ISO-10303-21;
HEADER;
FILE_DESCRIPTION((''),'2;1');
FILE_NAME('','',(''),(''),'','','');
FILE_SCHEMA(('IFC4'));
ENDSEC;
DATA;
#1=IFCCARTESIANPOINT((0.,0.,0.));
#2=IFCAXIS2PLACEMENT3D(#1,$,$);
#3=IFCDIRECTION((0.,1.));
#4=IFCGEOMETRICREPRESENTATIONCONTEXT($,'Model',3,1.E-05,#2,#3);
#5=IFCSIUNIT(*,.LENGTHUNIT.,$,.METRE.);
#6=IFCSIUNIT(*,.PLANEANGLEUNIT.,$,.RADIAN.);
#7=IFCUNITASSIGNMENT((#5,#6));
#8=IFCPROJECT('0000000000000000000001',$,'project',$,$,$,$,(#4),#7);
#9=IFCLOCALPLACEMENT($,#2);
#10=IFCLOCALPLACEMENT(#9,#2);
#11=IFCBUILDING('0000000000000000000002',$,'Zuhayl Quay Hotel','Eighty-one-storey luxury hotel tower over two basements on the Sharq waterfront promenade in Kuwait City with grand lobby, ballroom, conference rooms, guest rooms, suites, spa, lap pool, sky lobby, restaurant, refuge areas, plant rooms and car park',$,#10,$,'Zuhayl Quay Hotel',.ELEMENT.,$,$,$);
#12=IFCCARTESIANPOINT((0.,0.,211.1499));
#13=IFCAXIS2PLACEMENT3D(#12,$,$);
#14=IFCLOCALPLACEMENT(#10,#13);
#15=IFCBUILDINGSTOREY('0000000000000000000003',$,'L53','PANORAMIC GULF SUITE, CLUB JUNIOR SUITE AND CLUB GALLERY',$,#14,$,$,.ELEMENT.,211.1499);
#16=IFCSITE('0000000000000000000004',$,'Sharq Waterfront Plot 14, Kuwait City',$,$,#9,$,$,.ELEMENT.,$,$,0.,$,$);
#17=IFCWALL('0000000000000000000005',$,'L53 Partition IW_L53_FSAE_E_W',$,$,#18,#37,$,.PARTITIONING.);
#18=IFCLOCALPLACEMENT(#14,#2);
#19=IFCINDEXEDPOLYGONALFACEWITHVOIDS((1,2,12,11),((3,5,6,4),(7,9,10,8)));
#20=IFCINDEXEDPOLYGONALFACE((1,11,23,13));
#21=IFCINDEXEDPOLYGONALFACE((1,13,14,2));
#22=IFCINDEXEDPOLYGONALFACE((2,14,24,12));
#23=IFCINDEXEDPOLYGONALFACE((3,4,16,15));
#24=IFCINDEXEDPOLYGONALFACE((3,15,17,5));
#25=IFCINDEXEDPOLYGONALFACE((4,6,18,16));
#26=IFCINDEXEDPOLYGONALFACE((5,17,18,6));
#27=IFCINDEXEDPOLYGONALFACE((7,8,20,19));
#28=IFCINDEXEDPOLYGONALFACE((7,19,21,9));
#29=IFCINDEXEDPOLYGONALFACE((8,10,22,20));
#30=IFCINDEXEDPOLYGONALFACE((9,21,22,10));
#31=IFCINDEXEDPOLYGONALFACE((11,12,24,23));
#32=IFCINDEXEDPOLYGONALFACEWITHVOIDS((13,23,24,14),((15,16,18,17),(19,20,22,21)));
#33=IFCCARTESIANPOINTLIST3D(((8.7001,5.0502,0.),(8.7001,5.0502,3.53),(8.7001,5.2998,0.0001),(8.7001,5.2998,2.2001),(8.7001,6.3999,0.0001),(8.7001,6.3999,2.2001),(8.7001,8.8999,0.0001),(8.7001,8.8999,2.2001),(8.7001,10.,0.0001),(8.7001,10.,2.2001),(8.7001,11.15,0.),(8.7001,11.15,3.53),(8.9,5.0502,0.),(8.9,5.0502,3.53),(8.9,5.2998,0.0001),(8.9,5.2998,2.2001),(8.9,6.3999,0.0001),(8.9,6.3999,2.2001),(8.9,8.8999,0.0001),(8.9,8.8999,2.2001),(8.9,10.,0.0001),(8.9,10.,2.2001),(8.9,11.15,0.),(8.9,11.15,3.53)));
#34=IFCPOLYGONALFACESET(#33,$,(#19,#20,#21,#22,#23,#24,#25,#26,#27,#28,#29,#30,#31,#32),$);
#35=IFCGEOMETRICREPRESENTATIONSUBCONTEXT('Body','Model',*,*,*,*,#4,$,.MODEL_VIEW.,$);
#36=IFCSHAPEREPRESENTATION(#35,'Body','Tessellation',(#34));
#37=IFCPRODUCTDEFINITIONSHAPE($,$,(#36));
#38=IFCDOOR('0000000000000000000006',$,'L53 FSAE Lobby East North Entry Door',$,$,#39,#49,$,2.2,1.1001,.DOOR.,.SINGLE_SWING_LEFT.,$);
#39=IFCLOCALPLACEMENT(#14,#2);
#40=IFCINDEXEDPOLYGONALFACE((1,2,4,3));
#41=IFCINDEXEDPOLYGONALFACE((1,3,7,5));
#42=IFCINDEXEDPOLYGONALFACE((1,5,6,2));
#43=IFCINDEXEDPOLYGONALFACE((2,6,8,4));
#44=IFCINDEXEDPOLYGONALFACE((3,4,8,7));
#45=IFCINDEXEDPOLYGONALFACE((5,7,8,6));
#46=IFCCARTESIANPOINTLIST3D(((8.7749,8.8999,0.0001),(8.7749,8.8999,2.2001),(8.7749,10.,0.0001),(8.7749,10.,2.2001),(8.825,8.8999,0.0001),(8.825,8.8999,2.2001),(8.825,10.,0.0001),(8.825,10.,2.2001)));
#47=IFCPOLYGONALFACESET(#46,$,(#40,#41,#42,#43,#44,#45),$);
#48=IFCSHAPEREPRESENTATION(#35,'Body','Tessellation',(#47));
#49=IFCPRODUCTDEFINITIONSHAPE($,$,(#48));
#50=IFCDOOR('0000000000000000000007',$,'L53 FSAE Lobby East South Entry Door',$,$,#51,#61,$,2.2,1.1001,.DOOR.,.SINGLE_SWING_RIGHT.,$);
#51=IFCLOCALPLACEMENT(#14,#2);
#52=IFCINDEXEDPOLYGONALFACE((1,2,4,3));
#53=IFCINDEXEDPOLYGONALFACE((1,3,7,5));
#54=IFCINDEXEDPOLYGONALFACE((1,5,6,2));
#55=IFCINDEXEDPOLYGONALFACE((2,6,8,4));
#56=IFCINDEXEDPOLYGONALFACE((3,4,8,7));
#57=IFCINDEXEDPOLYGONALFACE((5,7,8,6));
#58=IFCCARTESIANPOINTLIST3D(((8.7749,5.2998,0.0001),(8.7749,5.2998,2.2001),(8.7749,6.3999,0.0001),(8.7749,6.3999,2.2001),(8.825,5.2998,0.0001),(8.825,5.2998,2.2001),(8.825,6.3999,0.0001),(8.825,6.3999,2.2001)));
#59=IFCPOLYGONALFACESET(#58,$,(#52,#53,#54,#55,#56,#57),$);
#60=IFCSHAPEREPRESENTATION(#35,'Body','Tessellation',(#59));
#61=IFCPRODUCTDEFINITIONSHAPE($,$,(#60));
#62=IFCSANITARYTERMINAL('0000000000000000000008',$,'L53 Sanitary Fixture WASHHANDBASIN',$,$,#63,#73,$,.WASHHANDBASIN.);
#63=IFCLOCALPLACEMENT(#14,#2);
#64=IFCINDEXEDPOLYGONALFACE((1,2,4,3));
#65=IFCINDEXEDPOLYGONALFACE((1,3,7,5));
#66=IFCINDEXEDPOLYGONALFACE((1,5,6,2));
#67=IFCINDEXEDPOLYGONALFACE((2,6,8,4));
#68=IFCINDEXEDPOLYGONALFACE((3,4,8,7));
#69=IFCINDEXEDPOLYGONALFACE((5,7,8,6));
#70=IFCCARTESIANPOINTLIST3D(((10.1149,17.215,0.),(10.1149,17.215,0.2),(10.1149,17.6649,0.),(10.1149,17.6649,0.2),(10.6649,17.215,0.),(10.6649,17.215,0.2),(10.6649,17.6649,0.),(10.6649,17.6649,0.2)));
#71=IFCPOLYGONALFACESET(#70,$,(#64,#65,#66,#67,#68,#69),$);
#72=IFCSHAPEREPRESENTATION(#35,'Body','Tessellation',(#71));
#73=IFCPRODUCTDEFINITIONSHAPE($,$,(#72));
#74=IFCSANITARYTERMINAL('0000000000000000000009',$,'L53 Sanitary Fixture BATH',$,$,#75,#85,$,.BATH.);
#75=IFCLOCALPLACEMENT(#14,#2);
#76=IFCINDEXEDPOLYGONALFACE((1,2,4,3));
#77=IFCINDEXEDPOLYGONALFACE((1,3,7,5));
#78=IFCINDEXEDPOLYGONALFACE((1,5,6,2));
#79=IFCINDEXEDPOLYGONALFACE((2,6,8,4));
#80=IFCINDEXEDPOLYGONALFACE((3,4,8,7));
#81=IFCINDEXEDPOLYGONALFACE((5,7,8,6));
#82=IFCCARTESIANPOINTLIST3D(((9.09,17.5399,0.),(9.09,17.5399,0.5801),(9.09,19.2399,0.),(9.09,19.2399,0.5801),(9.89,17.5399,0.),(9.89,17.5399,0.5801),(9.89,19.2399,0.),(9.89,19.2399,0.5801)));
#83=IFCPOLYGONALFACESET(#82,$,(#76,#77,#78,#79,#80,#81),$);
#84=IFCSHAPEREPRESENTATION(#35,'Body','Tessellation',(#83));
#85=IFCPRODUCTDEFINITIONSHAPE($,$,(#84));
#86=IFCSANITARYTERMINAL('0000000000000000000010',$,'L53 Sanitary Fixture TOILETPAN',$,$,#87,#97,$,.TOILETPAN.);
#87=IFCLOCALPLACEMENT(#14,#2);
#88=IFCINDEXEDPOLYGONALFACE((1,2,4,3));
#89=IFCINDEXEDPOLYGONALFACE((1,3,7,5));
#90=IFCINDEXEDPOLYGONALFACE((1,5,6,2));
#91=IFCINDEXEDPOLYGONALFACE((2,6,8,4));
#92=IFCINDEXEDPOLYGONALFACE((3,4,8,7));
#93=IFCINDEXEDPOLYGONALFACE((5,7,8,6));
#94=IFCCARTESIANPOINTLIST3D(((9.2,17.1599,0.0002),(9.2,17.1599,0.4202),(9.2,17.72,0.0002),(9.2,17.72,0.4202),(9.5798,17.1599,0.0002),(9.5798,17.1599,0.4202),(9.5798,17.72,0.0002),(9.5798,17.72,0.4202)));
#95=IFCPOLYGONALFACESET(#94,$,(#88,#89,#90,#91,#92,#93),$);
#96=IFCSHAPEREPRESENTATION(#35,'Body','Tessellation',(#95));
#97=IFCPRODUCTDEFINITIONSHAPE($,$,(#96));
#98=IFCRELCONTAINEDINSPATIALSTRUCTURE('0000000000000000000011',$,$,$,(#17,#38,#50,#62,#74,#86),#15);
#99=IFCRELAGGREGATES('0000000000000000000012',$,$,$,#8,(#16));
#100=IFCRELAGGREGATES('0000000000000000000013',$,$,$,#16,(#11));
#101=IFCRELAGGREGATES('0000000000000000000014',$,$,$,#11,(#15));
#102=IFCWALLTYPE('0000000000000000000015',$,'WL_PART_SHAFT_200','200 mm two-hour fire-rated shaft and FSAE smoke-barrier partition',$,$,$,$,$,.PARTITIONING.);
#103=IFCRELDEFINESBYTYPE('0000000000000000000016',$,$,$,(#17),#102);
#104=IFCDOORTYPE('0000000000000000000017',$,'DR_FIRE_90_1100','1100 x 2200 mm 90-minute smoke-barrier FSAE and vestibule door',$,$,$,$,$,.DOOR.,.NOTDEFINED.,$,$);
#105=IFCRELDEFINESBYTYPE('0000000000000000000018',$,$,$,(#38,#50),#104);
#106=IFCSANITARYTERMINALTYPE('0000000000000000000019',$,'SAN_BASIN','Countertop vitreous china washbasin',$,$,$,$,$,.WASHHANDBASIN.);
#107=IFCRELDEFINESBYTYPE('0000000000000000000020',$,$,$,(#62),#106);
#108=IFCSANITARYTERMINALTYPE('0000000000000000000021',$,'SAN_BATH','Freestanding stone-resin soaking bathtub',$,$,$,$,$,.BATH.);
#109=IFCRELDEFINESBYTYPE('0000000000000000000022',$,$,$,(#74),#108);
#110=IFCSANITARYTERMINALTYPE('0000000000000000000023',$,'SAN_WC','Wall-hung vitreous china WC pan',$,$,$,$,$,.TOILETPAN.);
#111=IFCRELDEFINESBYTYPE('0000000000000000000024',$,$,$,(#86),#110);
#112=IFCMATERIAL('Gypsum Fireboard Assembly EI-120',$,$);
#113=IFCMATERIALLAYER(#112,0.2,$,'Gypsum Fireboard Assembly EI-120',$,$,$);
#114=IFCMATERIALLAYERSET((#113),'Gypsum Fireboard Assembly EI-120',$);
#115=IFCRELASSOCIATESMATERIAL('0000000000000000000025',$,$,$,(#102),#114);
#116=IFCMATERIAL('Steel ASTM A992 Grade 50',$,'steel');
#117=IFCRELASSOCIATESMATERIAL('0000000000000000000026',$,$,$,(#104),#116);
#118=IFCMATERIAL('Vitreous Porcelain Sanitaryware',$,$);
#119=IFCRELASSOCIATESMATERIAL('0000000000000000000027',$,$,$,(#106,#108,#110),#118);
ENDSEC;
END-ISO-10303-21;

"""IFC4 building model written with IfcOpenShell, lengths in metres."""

from ifc_helpers import new_model, si_unit, direction, frame, frame_2d, origin, origin_2d, place, context, subcontext, project, spatial, rectangle, extrude, material, layer, layer_set, type_object, element, fill, save


model = new_model("IFC4")

# Units and contexts
model_context = context("Model", 3, precision=1e-05, world=origin(), true_north=direction((0.0, 1.0)))
body_context = subcontext(model_context, "Body", "Model", "MODEL_VIEW")
ifc_project = project(units=[si_unit("LENGTHUNIT", "METRE"), si_unit("PLANEANGLEUNIT", "RADIAN")], contexts=[model_context])

# Site, building, storey
site_placement = place(None, origin())
site = spatial("IfcSite", under=ifc_project, at=site_placement, Name="Sharq Waterfront Plot 14, Kuwait City", CompositionType="ELEMENT", RefElevation=0.0)
building_placement = place(site_placement, origin())
building = spatial("IfcBuilding", under=site, at=building_placement, Name="Zuhayl Quay Hotel", Description="Eighty-one-storey luxury hotel tower over two basements on the Sharq waterfront promenade in Kuwait City with grand lobby, ballroom, conference rooms, guest rooms, suites, spa, lap pool, sky lobby, restaurant, refuge areas, plant rooms and car park", LongName="Zuhayl Quay Hotel", CompositionType="ELEMENT")
storey_placement = place(building_placement, frame((0.0, 0.0, 211.1499)))
storey = spatial("IfcBuildingStorey", under=building, at=storey_placement, Name="L53", Description="PANORAMIC GULF SUITE, CLUB JUNIOR SUITE AND CLUB GALLERY", CompositionType="ELEMENT", Elevation=211.1499)

# Shared definitions
ifc_material_1 = material(Name="Steel ASTM A992 Grade 50", Category="steel")

# Wall, openings, doors
ifc_material_2 = material(Name="Gypsum Fireboard Assembly EI-120")
ifc_layer_1 = layer(ifc_material_2, 0.2, Name="Gypsum Fireboard Assembly EI-120")
ifc_layer_set_1 = layer_set([ifc_layer_1], Name="Gypsum Fireboard Assembly EI-120")
wall_type_1 = type_object("IfcWallType", Name="WL_PART_SHAFT_200", Description="200 mm two-hour fire-rated shaft and FSAE smoke-barrier partition", PredefinedType="PARTITIONING", material=ifc_layer_set_1)
wall_1_placement = place(storey_placement, frame((8.8, 11.1499, 0.0), z_axis=(0.0, 0.0, 1.0), x_axis=(0.0, -1.0, 0.0)))
wall_1 = element("IfcWall", 1, at=wall_1_placement, inside=storey, type_object=wall_type_1, Name="L53 Partition IW_L53_FSAE_E_W", PredefinedType="PARTITIONING", context=body_context, shape_type="SweptSolid", body=[
    extrude(rectangle(XDim=6.0999, YDim=0.2, at=frame_2d((3.0498, 0.0))), origin(), (0.0, 0.0, 1.0), 3.53),
])
opening_1_placement = place(wall_1_placement, frame((1.1499, 0.0, 0.0)))
opening_1 = element("IfcOpeningElement", 2, at=opening_1_placement, cuts=wall_1, PredefinedType="OPENING", context=body_context, shape_type="SweptSolid", body=[
    extrude(rectangle(XDim=1.1001, YDim=2.2, at=frame_2d((0.55, 1.1001))), frame((0.0, 0.1099, 0.0), z_axis=(0.0, -1.0, 0.0), x_axis=(1.0, 0.0, 0.0)), (0.0, 0.0, 1.0), 0.22),
])
opening_2_placement = place(wall_1_placement, frame((4.75, 0.0, 0.0)))
opening_2 = element("IfcOpeningElement", 3, at=opening_2_placement, cuts=wall_1, PredefinedType="OPENING", context=body_context, shape_type="SweptSolid", body=[
    extrude(rectangle(XDim=1.1001, YDim=2.2, at=frame_2d((0.55, 1.1001))), frame((0.0, 0.1099, 0.0), z_axis=(0.0, -1.0, 0.0), x_axis=(1.0, 0.0, 0.0)), (0.0, 0.0, 1.0), 0.22),
])
door_type_1 = type_object("IfcDoorType", Name="DR_FIRE_90_1100", Description="1100 x 2200 mm 90-minute smoke-barrier FSAE and vestibule door", OperationType="NOTDEFINED", PredefinedType="DOOR", material=ifc_material_1)
door_1_placement = place(opening_1_placement, origin())
door_1 = element("IfcDoor", 4, at=door_1_placement, inside=storey, type_object=door_type_1, Name="L53 FSAE Lobby East North Entry Door", OperationType="SINGLE_SWING_LEFT", OverallHeight=2.2, OverallWidth=1.1001, PredefinedType="DOOR", context=body_context, shape_type="SweptSolid", body=[
    extrude(rectangle(XDim=1.1001, YDim=2.2, at=frame_2d((0.55, 1.1001))), frame((0.0, 0.0249, 0.0), z_axis=(0.0, -1.0, 0.0), x_axis=(1.0, 0.0, 0.0)), (0.0, 0.0, 1.0), 0.05),
])
fill(opening_1, door_1)
door_2_placement = place(opening_2_placement, origin())
door_2 = element("IfcDoor", 5, at=door_2_placement, inside=storey, type_object=door_type_1, Name="L53 FSAE Lobby East South Entry Door", OperationType="SINGLE_SWING_RIGHT", OverallHeight=2.2, OverallWidth=1.1001, PredefinedType="DOOR", context=body_context, shape_type="SweptSolid", body=[
    extrude(rectangle(XDim=1.1001, YDim=2.2, at=frame_2d((0.55, 1.1001))), frame((0.0, 0.0249, 0.0), z_axis=(0.0, -1.0, 0.0), x_axis=(1.0, 0.0, 0.0)), (0.0, 0.0, 1.0), 0.05),
])
fill(opening_2, door_2)

# Sanitary terminals
ifc_material_3 = material(Name="Vitreous Porcelain Sanitaryware")
sanitary_terminal_type_1 = type_object("IfcSanitaryTerminalType", Name="SAN_BASIN", Description="Countertop vitreous china washbasin", PredefinedType="WASHHANDBASIN", material=ifc_material_3)
sanitary_terminal_1_placement = place(storey_placement, frame((10.3899, 17.4399, 0.0), z_axis=(0.0, 0.0, 1.0), x_axis=(1.0, 0.0, 0.0)))
element("IfcSanitaryTerminal", 6, at=sanitary_terminal_1_placement, inside=storey, type_object=sanitary_terminal_type_1, Name="L53 Sanitary Fixture WASHHANDBASIN", PredefinedType="WASHHANDBASIN", context=body_context, shape_type="SweptSolid", body=[
    extrude(rectangle(XDim=0.55, YDim=0.45, at=origin_2d()), origin(), (0.0, 0.0, 1.0), 0.2),
])
sanitary_terminal_type_2 = type_object("IfcSanitaryTerminalType", Name="SAN_BATH", Description="Freestanding stone-resin soaking bathtub", PredefinedType="BATH", material=ifc_material_3)
sanitary_terminal_2_placement = place(storey_placement, frame((9.49, 18.3899, 0.0), z_axis=(0.0, 0.0, 1.0), x_axis=(1.0, 0.0, 0.0)))
element("IfcSanitaryTerminal", 7, at=sanitary_terminal_2_placement, inside=storey, type_object=sanitary_terminal_type_2, Name="L53 Sanitary Fixture BATH", PredefinedType="BATH", context=body_context, shape_type="SweptSolid", body=[
    extrude(rectangle(XDim=0.8, YDim=1.7, at=origin_2d()), origin(), (0.0, 0.0, 1.0), 0.5801),
])
sanitary_terminal_type_3 = type_object("IfcSanitaryTerminalType", Name="SAN_WC", Description="Wall-hung vitreous china WC pan", PredefinedType="TOILETPAN", material=ifc_material_3)
sanitary_terminal_3_placement = place(storey_placement, frame((9.3899, 17.4399, 0.0002), z_axis=(0.0, 0.0, 1.0), x_axis=(1.0, 0.0, 0.0)))
element("IfcSanitaryTerminal", 8, at=sanitary_terminal_3_placement, inside=storey, type_object=sanitary_terminal_type_3, Name="L53 Sanitary Fixture TOILETPAN", PredefinedType="TOILETPAN", context=body_context, shape_type="SweptSolid", body=[
    extrude(rectangle(XDim=0.3799, YDim=0.5601, at=origin_2d()), origin(), (0.0, 0.0, 1.0), 0.4199),
])

save(model, "model.ifc")
